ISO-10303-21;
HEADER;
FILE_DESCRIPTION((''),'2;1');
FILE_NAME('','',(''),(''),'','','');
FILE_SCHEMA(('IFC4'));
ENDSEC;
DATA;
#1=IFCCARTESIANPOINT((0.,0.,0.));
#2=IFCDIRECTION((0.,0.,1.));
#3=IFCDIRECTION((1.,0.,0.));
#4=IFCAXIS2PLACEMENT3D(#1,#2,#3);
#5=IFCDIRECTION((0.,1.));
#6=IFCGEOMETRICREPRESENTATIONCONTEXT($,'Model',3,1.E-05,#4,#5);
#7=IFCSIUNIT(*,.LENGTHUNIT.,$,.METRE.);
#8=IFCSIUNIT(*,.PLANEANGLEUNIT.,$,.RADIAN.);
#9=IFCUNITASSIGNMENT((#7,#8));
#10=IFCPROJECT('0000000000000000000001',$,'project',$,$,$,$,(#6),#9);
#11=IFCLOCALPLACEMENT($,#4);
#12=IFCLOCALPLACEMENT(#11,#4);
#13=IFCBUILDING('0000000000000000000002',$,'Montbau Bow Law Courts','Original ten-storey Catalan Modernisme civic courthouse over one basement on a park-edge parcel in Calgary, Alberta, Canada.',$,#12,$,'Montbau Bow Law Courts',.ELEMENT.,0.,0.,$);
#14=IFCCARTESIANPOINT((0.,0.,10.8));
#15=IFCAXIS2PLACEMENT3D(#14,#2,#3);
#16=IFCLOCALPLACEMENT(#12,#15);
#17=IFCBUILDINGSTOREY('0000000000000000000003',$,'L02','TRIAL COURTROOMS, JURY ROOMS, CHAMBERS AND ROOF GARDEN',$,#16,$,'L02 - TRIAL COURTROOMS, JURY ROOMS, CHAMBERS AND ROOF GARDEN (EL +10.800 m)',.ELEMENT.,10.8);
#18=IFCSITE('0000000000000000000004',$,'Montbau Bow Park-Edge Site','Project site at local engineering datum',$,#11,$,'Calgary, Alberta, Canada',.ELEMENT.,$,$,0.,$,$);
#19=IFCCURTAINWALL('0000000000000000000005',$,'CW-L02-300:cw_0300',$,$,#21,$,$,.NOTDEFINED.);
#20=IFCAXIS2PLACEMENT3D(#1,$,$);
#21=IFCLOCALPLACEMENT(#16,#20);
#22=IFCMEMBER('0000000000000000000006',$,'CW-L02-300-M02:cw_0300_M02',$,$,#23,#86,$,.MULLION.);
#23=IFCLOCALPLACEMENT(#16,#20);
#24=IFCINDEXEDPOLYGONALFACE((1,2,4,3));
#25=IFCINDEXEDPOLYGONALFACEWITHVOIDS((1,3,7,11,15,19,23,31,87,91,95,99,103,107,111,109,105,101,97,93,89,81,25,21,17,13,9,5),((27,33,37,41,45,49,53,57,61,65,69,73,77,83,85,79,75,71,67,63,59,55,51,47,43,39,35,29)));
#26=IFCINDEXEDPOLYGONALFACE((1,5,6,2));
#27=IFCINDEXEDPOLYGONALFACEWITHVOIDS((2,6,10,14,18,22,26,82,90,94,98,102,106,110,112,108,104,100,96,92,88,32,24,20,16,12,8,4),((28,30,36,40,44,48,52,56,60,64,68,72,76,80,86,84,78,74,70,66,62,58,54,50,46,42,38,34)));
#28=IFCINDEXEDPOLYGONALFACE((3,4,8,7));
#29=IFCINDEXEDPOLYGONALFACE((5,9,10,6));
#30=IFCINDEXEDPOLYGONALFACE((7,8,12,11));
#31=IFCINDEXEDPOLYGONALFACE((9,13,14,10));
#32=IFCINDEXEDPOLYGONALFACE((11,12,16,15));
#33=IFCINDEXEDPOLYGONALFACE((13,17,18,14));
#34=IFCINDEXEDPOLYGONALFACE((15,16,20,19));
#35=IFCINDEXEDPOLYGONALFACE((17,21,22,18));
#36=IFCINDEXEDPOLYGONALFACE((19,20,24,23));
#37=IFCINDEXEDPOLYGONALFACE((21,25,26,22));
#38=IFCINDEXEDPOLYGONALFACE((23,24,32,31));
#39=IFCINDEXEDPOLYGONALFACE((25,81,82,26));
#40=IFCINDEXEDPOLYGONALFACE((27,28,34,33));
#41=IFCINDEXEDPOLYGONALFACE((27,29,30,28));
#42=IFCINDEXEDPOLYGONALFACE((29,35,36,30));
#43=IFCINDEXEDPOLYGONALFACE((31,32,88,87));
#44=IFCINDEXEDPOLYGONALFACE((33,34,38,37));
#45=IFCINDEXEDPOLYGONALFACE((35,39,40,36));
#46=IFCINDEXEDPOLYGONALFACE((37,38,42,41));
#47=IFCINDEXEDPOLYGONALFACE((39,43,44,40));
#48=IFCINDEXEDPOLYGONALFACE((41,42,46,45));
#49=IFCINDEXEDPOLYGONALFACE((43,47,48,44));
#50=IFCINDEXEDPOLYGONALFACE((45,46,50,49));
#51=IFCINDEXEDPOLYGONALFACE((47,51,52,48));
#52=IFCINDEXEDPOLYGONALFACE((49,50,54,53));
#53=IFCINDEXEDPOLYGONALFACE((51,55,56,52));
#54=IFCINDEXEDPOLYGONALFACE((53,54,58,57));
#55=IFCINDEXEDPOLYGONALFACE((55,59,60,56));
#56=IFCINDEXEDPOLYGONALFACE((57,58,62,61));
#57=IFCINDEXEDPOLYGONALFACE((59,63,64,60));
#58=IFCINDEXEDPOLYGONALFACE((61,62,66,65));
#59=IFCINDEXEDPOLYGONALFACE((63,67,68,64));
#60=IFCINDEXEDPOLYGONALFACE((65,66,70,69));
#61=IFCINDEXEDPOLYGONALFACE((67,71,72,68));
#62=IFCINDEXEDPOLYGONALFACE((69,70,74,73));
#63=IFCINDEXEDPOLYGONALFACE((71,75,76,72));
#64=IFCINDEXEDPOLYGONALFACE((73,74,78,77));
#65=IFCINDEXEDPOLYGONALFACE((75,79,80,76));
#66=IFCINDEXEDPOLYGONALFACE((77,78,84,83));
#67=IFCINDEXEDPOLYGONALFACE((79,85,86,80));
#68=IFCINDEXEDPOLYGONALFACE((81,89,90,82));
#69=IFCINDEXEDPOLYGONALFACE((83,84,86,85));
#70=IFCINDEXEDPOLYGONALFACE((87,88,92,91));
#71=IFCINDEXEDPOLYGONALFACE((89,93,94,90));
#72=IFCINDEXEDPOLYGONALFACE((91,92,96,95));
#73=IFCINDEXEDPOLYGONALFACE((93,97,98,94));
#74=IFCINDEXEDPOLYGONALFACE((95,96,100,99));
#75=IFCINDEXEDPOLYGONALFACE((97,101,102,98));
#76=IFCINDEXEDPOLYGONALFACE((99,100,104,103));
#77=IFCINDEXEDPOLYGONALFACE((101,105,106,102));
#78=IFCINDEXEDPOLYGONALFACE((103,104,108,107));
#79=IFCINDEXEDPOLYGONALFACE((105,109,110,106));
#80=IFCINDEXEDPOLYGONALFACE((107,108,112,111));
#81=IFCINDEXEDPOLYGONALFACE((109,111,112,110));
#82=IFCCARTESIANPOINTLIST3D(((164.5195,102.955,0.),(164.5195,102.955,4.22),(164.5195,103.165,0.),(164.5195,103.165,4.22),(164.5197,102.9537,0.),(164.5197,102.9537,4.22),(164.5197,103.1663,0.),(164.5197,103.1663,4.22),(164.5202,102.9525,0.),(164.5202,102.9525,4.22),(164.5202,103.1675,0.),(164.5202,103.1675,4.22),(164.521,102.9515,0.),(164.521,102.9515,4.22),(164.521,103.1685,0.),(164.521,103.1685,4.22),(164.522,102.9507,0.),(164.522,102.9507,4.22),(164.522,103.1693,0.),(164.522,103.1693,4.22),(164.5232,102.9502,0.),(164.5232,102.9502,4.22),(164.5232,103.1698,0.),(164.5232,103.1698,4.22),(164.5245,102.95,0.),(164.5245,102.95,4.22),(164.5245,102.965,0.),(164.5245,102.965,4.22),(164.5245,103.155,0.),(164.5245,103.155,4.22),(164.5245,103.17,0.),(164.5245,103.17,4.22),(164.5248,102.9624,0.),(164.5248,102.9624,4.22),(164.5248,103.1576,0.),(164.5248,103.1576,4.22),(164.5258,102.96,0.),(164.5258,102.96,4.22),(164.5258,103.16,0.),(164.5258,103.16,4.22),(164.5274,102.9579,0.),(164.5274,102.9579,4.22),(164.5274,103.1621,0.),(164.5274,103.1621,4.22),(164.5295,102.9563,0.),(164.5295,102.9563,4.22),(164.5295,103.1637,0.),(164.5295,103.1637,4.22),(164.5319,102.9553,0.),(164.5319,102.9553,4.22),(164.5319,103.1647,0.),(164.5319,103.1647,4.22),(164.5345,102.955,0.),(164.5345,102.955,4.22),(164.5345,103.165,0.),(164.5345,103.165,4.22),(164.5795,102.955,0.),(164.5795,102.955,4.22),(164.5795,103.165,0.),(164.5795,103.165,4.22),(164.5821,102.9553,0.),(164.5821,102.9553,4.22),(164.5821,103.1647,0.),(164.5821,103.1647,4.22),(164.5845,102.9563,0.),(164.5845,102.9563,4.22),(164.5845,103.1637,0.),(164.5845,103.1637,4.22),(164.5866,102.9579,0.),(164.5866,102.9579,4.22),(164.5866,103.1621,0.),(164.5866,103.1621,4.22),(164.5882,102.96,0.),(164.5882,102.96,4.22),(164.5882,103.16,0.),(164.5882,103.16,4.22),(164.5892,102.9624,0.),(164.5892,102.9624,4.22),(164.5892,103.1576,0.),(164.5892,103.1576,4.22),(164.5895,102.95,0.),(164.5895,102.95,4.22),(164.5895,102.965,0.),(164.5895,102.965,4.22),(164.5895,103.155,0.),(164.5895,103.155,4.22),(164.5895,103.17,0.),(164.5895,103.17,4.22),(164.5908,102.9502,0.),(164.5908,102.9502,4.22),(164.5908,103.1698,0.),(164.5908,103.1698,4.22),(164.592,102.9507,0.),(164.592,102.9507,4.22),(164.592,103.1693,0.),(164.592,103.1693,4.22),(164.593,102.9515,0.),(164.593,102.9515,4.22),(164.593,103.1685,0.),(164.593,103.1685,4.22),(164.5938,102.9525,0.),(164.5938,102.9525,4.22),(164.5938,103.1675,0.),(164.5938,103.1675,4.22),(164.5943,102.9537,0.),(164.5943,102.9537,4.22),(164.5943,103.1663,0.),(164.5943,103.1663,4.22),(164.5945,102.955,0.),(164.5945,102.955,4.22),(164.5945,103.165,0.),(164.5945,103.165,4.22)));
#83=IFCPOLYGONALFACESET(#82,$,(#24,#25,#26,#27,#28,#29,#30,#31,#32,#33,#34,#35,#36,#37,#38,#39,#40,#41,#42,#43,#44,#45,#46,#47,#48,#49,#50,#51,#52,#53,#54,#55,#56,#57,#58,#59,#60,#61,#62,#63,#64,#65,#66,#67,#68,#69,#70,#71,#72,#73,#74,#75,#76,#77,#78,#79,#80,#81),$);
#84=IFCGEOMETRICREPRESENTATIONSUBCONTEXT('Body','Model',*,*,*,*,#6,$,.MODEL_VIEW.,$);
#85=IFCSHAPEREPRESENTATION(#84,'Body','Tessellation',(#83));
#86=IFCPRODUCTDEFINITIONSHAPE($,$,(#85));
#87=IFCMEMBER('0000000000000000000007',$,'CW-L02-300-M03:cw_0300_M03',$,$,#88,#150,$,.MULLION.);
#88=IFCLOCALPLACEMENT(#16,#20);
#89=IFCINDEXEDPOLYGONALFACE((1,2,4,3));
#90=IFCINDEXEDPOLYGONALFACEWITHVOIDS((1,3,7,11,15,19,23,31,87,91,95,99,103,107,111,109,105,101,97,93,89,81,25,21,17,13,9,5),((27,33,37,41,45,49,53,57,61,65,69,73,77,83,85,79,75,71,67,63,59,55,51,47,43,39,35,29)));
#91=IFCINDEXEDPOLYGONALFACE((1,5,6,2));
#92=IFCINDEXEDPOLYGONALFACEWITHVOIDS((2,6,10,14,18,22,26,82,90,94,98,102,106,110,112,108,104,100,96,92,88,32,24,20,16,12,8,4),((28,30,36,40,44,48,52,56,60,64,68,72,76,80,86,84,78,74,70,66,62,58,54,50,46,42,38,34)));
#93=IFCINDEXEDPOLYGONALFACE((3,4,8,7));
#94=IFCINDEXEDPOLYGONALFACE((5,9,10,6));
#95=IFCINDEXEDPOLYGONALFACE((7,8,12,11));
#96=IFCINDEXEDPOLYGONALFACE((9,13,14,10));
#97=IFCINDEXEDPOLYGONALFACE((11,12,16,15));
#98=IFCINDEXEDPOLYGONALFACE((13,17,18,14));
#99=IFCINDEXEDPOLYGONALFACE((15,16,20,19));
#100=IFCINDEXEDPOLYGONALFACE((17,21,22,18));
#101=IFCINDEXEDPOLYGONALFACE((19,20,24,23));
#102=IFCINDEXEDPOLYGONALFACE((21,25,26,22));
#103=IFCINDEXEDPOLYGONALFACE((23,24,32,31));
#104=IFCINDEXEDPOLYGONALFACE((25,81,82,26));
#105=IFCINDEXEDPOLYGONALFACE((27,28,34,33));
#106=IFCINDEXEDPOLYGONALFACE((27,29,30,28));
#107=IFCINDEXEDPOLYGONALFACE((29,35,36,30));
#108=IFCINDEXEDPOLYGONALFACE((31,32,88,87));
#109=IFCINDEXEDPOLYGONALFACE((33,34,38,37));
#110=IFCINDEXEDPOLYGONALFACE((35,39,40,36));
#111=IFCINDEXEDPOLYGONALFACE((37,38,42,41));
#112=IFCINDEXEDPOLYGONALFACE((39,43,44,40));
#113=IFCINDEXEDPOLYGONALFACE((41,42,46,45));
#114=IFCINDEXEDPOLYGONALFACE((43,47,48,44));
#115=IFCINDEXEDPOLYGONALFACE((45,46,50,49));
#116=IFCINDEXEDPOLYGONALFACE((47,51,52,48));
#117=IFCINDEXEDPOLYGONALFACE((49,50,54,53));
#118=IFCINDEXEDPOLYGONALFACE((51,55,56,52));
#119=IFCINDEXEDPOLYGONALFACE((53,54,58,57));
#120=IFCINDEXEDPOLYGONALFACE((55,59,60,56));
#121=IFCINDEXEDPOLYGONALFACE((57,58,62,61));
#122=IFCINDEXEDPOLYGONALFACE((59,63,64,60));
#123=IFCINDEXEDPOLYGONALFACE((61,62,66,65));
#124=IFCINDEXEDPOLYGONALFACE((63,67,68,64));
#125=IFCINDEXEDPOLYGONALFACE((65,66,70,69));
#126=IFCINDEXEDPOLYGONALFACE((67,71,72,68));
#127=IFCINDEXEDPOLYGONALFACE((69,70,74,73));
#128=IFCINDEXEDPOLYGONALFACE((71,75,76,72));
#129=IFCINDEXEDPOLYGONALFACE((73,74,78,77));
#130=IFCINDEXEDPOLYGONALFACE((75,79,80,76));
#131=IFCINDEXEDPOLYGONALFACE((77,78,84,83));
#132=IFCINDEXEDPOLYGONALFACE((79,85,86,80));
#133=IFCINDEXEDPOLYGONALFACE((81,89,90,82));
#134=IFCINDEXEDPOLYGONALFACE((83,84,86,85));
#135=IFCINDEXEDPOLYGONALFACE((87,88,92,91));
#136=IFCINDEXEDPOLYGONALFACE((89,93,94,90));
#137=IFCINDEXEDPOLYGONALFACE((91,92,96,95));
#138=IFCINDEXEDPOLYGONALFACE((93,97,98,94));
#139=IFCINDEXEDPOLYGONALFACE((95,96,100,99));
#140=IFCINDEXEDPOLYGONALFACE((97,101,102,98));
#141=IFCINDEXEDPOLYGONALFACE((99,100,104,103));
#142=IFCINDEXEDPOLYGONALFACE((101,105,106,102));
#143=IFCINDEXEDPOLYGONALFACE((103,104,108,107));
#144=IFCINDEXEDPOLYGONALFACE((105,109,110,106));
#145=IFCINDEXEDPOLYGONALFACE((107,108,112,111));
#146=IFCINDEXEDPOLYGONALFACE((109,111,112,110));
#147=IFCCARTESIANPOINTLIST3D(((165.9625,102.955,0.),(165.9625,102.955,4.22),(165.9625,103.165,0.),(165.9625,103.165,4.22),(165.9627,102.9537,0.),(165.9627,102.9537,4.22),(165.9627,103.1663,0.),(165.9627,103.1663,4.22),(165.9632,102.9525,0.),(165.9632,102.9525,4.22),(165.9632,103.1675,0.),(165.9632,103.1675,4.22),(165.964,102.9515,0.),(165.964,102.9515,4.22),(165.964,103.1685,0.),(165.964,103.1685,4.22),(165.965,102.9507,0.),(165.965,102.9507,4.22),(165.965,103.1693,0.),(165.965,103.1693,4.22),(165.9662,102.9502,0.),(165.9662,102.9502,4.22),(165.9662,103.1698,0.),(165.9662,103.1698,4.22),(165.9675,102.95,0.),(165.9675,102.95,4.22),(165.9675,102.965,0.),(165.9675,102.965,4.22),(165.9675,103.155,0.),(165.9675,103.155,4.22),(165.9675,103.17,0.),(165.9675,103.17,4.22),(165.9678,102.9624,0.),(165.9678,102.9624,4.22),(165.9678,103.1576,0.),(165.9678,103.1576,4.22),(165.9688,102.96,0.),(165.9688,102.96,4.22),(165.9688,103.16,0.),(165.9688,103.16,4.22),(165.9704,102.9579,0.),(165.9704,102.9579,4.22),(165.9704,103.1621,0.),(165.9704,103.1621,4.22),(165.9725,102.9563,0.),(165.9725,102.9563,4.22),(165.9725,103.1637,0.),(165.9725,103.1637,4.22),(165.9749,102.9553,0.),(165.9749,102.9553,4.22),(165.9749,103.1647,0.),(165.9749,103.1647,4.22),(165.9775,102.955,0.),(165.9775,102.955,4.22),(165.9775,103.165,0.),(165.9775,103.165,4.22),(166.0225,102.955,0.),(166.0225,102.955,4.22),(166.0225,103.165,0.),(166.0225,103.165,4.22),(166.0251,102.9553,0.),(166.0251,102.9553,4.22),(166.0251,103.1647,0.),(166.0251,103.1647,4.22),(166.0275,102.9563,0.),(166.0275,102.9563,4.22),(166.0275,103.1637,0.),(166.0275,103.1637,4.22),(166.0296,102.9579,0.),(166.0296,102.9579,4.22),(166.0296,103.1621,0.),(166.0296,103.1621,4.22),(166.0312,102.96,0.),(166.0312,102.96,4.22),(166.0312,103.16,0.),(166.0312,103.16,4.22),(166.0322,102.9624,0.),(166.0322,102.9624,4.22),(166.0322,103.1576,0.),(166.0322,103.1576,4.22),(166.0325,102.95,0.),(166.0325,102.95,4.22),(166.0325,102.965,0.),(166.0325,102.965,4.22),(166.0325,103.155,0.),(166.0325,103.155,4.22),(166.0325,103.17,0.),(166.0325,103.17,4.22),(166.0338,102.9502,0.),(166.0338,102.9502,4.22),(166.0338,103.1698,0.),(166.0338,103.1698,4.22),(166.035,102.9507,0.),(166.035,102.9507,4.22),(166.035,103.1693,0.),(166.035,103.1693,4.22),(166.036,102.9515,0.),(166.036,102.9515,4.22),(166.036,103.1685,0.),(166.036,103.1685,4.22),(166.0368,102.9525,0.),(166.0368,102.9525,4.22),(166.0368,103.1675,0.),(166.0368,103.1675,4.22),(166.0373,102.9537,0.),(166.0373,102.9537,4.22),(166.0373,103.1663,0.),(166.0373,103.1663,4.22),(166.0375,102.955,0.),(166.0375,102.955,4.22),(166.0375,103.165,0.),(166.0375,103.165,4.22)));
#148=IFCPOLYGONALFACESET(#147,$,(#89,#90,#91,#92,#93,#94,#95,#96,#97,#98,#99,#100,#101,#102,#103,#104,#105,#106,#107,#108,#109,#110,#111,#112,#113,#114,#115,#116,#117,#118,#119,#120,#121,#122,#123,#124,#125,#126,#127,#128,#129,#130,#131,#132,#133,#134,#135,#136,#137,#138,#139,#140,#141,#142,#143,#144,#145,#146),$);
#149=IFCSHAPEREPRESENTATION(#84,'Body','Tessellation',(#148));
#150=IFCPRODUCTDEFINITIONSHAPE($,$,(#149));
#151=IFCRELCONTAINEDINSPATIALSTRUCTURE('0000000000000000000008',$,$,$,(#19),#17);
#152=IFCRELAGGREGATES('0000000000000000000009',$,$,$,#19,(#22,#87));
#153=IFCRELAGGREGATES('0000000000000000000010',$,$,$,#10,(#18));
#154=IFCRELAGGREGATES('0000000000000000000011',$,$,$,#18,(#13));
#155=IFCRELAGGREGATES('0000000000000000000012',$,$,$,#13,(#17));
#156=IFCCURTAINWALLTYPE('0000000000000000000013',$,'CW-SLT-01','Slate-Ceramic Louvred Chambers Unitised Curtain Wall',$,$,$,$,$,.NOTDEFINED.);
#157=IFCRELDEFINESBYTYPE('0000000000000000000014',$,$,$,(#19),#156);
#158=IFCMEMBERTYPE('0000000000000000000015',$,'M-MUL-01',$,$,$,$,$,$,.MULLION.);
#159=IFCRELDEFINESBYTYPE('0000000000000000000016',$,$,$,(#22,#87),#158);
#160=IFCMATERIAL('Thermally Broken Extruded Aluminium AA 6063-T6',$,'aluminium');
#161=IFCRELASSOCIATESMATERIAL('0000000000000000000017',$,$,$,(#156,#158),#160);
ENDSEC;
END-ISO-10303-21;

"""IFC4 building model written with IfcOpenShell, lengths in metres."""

from ifc_helpers import new_model, si_unit, direction, frame, origin_with_axes, origin_2d_with_axis, place, context, subcontext, project, spatial, hollow_rectangle, extrude, material, material_profile, profile_set, type_object, element, aggregate, save


model = new_model("IFC4")

# Units and contexts
model_context = context("Model", 3, precision=1e-05, world=origin_with_axes(), true_north=direction((0.0, 1.0)))
body_context = subcontext(model_context, "Body", "Model", "MODEL_VIEW")
ifc_project = project(units=[si_unit("LENGTHUNIT", "METRE"), si_unit("PLANEANGLEUNIT", "RADIAN")], contexts=[model_context])

# Site, building, storey
site_placement = place(None, origin_with_axes())
site = spatial("IfcSite", under=ifc_project, at=site_placement, Name="Montbau Bow Park-Edge Site", Description="Project site at local engineering datum", LongName="Calgary, Alberta, Canada", CompositionType="ELEMENT", RefElevation=0.0)
building_placement = place(site_placement, origin_with_axes())
building = spatial("IfcBuilding", under=site, at=building_placement, Name="Montbau Bow Law Courts", Description="Original ten-storey Catalan Modernisme civic courthouse over one basement on a park-edge parcel in Calgary, Alberta, Canada.", LongName="Montbau Bow Law Courts", CompositionType="ELEMENT", ElevationOfRefHeight=0.0, ElevationOfTerrain=0.0)
storey_placement = place(building_placement, frame((0.0, 0.0, 10.8), z_axis=(0.0, 0.0, 1.0), x_axis=(1.0, 0.0, 0.0)))
storey = spatial("IfcBuildingStorey", under=building, at=storey_placement, Name="L02", Description="TRIAL COURTROOMS, JURY ROOMS, CHAMBERS AND ROOF GARDEN", LongName="L02 - TRIAL COURTROOMS, JURY ROOMS, CHAMBERS AND ROOF GARDEN (EL +10.800 m)", CompositionType="ELEMENT", Elevation=10.8)

# Curtain wall, members
ifc_material_1 = material(Name="Thermally Broken Extruded Aluminium AA 6063-T6", Category="aluminium")
curtain_wall_type = type_object("IfcCurtainWallType", Name="CW-SLT-01", Description="Slate-Ceramic Louvred Chambers Unitised Curtain Wall", PredefinedType="NOTDEFINED", material=ifc_material_1)
curtain_wall_placement = place(None, frame((163.115, 103.06, 10.8), z_axis=(0.0, 0.0, 1.0), x_axis=(1.0, 0.0, 0.0)))
curtain_wall = element("IfcCurtainWall", 1, at=curtain_wall_placement, inside=storey, type_object=curtain_wall_type, Name="CW-L02-300:cw_0300", PredefinedType="NOTDEFINED")
ifc_material_profile_1 = material_profile(ifc_material_1, hollow_rectangle(XDim=0.075, YDim=0.22, WallThickness=0.005, InnerFilletRadius=0.01, OuterFilletRadius=0.005, at=origin_2d_with_axis()), Name="CWM-220X75", Category="Main", Priority=0)
ifc_profile_set_1 = profile_set([ifc_material_profile_1], Name="Thermally Broken Extruded Aluminium AA 6063-T6")
member_type_1 = type_object("IfcMemberType", Name="M-MUL-01", PredefinedType="MULLION", material=ifc_profile_set_1)
member_1_placement = place(None, frame((164.557, 103.06, 10.8), z_axis=(0.0, 0.0, 1.0), x_axis=(1.0, 0.0, 0.0)))
member_1 = element("IfcMember", 2, at=member_1_placement, type_object=member_type_1, Name="CW-L02-300-M02:cw_0300_M02", PredefinedType="MULLION", context=body_context, shape_type="SweptSolid", body=[
    extrude(hollow_rectangle(XDim=0.075, YDim=0.22, WallThickness=0.005, InnerFilletRadius=0.01, OuterFilletRadius=0.005, at=origin_2d_with_axis()), origin_with_axes(), (0.0, 0.0, 1.0), 4.22),
])
member_2_placement = place(None, frame((166.0, 103.06, 10.8), z_axis=(0.0, 0.0, 1.0), x_axis=(1.0, 0.0, 0.0)))
member_2 = element("IfcMember", 3, at=member_2_placement, type_object=member_type_1, Name="CW-L02-300-M03:cw_0300_M03", PredefinedType="MULLION", context=body_context, shape_type="SweptSolid", body=[
    extrude(hollow_rectangle(XDim=0.075, YDim=0.22, WallThickness=0.005, InnerFilletRadius=0.01, OuterFilletRadius=0.005, at=origin_2d_with_axis()), origin_with_axes(), (0.0, 0.0, 1.0), 4.22),
])
aggregate(curtain_wall, [member_1, member_2])

save(model, "model.ifc")
